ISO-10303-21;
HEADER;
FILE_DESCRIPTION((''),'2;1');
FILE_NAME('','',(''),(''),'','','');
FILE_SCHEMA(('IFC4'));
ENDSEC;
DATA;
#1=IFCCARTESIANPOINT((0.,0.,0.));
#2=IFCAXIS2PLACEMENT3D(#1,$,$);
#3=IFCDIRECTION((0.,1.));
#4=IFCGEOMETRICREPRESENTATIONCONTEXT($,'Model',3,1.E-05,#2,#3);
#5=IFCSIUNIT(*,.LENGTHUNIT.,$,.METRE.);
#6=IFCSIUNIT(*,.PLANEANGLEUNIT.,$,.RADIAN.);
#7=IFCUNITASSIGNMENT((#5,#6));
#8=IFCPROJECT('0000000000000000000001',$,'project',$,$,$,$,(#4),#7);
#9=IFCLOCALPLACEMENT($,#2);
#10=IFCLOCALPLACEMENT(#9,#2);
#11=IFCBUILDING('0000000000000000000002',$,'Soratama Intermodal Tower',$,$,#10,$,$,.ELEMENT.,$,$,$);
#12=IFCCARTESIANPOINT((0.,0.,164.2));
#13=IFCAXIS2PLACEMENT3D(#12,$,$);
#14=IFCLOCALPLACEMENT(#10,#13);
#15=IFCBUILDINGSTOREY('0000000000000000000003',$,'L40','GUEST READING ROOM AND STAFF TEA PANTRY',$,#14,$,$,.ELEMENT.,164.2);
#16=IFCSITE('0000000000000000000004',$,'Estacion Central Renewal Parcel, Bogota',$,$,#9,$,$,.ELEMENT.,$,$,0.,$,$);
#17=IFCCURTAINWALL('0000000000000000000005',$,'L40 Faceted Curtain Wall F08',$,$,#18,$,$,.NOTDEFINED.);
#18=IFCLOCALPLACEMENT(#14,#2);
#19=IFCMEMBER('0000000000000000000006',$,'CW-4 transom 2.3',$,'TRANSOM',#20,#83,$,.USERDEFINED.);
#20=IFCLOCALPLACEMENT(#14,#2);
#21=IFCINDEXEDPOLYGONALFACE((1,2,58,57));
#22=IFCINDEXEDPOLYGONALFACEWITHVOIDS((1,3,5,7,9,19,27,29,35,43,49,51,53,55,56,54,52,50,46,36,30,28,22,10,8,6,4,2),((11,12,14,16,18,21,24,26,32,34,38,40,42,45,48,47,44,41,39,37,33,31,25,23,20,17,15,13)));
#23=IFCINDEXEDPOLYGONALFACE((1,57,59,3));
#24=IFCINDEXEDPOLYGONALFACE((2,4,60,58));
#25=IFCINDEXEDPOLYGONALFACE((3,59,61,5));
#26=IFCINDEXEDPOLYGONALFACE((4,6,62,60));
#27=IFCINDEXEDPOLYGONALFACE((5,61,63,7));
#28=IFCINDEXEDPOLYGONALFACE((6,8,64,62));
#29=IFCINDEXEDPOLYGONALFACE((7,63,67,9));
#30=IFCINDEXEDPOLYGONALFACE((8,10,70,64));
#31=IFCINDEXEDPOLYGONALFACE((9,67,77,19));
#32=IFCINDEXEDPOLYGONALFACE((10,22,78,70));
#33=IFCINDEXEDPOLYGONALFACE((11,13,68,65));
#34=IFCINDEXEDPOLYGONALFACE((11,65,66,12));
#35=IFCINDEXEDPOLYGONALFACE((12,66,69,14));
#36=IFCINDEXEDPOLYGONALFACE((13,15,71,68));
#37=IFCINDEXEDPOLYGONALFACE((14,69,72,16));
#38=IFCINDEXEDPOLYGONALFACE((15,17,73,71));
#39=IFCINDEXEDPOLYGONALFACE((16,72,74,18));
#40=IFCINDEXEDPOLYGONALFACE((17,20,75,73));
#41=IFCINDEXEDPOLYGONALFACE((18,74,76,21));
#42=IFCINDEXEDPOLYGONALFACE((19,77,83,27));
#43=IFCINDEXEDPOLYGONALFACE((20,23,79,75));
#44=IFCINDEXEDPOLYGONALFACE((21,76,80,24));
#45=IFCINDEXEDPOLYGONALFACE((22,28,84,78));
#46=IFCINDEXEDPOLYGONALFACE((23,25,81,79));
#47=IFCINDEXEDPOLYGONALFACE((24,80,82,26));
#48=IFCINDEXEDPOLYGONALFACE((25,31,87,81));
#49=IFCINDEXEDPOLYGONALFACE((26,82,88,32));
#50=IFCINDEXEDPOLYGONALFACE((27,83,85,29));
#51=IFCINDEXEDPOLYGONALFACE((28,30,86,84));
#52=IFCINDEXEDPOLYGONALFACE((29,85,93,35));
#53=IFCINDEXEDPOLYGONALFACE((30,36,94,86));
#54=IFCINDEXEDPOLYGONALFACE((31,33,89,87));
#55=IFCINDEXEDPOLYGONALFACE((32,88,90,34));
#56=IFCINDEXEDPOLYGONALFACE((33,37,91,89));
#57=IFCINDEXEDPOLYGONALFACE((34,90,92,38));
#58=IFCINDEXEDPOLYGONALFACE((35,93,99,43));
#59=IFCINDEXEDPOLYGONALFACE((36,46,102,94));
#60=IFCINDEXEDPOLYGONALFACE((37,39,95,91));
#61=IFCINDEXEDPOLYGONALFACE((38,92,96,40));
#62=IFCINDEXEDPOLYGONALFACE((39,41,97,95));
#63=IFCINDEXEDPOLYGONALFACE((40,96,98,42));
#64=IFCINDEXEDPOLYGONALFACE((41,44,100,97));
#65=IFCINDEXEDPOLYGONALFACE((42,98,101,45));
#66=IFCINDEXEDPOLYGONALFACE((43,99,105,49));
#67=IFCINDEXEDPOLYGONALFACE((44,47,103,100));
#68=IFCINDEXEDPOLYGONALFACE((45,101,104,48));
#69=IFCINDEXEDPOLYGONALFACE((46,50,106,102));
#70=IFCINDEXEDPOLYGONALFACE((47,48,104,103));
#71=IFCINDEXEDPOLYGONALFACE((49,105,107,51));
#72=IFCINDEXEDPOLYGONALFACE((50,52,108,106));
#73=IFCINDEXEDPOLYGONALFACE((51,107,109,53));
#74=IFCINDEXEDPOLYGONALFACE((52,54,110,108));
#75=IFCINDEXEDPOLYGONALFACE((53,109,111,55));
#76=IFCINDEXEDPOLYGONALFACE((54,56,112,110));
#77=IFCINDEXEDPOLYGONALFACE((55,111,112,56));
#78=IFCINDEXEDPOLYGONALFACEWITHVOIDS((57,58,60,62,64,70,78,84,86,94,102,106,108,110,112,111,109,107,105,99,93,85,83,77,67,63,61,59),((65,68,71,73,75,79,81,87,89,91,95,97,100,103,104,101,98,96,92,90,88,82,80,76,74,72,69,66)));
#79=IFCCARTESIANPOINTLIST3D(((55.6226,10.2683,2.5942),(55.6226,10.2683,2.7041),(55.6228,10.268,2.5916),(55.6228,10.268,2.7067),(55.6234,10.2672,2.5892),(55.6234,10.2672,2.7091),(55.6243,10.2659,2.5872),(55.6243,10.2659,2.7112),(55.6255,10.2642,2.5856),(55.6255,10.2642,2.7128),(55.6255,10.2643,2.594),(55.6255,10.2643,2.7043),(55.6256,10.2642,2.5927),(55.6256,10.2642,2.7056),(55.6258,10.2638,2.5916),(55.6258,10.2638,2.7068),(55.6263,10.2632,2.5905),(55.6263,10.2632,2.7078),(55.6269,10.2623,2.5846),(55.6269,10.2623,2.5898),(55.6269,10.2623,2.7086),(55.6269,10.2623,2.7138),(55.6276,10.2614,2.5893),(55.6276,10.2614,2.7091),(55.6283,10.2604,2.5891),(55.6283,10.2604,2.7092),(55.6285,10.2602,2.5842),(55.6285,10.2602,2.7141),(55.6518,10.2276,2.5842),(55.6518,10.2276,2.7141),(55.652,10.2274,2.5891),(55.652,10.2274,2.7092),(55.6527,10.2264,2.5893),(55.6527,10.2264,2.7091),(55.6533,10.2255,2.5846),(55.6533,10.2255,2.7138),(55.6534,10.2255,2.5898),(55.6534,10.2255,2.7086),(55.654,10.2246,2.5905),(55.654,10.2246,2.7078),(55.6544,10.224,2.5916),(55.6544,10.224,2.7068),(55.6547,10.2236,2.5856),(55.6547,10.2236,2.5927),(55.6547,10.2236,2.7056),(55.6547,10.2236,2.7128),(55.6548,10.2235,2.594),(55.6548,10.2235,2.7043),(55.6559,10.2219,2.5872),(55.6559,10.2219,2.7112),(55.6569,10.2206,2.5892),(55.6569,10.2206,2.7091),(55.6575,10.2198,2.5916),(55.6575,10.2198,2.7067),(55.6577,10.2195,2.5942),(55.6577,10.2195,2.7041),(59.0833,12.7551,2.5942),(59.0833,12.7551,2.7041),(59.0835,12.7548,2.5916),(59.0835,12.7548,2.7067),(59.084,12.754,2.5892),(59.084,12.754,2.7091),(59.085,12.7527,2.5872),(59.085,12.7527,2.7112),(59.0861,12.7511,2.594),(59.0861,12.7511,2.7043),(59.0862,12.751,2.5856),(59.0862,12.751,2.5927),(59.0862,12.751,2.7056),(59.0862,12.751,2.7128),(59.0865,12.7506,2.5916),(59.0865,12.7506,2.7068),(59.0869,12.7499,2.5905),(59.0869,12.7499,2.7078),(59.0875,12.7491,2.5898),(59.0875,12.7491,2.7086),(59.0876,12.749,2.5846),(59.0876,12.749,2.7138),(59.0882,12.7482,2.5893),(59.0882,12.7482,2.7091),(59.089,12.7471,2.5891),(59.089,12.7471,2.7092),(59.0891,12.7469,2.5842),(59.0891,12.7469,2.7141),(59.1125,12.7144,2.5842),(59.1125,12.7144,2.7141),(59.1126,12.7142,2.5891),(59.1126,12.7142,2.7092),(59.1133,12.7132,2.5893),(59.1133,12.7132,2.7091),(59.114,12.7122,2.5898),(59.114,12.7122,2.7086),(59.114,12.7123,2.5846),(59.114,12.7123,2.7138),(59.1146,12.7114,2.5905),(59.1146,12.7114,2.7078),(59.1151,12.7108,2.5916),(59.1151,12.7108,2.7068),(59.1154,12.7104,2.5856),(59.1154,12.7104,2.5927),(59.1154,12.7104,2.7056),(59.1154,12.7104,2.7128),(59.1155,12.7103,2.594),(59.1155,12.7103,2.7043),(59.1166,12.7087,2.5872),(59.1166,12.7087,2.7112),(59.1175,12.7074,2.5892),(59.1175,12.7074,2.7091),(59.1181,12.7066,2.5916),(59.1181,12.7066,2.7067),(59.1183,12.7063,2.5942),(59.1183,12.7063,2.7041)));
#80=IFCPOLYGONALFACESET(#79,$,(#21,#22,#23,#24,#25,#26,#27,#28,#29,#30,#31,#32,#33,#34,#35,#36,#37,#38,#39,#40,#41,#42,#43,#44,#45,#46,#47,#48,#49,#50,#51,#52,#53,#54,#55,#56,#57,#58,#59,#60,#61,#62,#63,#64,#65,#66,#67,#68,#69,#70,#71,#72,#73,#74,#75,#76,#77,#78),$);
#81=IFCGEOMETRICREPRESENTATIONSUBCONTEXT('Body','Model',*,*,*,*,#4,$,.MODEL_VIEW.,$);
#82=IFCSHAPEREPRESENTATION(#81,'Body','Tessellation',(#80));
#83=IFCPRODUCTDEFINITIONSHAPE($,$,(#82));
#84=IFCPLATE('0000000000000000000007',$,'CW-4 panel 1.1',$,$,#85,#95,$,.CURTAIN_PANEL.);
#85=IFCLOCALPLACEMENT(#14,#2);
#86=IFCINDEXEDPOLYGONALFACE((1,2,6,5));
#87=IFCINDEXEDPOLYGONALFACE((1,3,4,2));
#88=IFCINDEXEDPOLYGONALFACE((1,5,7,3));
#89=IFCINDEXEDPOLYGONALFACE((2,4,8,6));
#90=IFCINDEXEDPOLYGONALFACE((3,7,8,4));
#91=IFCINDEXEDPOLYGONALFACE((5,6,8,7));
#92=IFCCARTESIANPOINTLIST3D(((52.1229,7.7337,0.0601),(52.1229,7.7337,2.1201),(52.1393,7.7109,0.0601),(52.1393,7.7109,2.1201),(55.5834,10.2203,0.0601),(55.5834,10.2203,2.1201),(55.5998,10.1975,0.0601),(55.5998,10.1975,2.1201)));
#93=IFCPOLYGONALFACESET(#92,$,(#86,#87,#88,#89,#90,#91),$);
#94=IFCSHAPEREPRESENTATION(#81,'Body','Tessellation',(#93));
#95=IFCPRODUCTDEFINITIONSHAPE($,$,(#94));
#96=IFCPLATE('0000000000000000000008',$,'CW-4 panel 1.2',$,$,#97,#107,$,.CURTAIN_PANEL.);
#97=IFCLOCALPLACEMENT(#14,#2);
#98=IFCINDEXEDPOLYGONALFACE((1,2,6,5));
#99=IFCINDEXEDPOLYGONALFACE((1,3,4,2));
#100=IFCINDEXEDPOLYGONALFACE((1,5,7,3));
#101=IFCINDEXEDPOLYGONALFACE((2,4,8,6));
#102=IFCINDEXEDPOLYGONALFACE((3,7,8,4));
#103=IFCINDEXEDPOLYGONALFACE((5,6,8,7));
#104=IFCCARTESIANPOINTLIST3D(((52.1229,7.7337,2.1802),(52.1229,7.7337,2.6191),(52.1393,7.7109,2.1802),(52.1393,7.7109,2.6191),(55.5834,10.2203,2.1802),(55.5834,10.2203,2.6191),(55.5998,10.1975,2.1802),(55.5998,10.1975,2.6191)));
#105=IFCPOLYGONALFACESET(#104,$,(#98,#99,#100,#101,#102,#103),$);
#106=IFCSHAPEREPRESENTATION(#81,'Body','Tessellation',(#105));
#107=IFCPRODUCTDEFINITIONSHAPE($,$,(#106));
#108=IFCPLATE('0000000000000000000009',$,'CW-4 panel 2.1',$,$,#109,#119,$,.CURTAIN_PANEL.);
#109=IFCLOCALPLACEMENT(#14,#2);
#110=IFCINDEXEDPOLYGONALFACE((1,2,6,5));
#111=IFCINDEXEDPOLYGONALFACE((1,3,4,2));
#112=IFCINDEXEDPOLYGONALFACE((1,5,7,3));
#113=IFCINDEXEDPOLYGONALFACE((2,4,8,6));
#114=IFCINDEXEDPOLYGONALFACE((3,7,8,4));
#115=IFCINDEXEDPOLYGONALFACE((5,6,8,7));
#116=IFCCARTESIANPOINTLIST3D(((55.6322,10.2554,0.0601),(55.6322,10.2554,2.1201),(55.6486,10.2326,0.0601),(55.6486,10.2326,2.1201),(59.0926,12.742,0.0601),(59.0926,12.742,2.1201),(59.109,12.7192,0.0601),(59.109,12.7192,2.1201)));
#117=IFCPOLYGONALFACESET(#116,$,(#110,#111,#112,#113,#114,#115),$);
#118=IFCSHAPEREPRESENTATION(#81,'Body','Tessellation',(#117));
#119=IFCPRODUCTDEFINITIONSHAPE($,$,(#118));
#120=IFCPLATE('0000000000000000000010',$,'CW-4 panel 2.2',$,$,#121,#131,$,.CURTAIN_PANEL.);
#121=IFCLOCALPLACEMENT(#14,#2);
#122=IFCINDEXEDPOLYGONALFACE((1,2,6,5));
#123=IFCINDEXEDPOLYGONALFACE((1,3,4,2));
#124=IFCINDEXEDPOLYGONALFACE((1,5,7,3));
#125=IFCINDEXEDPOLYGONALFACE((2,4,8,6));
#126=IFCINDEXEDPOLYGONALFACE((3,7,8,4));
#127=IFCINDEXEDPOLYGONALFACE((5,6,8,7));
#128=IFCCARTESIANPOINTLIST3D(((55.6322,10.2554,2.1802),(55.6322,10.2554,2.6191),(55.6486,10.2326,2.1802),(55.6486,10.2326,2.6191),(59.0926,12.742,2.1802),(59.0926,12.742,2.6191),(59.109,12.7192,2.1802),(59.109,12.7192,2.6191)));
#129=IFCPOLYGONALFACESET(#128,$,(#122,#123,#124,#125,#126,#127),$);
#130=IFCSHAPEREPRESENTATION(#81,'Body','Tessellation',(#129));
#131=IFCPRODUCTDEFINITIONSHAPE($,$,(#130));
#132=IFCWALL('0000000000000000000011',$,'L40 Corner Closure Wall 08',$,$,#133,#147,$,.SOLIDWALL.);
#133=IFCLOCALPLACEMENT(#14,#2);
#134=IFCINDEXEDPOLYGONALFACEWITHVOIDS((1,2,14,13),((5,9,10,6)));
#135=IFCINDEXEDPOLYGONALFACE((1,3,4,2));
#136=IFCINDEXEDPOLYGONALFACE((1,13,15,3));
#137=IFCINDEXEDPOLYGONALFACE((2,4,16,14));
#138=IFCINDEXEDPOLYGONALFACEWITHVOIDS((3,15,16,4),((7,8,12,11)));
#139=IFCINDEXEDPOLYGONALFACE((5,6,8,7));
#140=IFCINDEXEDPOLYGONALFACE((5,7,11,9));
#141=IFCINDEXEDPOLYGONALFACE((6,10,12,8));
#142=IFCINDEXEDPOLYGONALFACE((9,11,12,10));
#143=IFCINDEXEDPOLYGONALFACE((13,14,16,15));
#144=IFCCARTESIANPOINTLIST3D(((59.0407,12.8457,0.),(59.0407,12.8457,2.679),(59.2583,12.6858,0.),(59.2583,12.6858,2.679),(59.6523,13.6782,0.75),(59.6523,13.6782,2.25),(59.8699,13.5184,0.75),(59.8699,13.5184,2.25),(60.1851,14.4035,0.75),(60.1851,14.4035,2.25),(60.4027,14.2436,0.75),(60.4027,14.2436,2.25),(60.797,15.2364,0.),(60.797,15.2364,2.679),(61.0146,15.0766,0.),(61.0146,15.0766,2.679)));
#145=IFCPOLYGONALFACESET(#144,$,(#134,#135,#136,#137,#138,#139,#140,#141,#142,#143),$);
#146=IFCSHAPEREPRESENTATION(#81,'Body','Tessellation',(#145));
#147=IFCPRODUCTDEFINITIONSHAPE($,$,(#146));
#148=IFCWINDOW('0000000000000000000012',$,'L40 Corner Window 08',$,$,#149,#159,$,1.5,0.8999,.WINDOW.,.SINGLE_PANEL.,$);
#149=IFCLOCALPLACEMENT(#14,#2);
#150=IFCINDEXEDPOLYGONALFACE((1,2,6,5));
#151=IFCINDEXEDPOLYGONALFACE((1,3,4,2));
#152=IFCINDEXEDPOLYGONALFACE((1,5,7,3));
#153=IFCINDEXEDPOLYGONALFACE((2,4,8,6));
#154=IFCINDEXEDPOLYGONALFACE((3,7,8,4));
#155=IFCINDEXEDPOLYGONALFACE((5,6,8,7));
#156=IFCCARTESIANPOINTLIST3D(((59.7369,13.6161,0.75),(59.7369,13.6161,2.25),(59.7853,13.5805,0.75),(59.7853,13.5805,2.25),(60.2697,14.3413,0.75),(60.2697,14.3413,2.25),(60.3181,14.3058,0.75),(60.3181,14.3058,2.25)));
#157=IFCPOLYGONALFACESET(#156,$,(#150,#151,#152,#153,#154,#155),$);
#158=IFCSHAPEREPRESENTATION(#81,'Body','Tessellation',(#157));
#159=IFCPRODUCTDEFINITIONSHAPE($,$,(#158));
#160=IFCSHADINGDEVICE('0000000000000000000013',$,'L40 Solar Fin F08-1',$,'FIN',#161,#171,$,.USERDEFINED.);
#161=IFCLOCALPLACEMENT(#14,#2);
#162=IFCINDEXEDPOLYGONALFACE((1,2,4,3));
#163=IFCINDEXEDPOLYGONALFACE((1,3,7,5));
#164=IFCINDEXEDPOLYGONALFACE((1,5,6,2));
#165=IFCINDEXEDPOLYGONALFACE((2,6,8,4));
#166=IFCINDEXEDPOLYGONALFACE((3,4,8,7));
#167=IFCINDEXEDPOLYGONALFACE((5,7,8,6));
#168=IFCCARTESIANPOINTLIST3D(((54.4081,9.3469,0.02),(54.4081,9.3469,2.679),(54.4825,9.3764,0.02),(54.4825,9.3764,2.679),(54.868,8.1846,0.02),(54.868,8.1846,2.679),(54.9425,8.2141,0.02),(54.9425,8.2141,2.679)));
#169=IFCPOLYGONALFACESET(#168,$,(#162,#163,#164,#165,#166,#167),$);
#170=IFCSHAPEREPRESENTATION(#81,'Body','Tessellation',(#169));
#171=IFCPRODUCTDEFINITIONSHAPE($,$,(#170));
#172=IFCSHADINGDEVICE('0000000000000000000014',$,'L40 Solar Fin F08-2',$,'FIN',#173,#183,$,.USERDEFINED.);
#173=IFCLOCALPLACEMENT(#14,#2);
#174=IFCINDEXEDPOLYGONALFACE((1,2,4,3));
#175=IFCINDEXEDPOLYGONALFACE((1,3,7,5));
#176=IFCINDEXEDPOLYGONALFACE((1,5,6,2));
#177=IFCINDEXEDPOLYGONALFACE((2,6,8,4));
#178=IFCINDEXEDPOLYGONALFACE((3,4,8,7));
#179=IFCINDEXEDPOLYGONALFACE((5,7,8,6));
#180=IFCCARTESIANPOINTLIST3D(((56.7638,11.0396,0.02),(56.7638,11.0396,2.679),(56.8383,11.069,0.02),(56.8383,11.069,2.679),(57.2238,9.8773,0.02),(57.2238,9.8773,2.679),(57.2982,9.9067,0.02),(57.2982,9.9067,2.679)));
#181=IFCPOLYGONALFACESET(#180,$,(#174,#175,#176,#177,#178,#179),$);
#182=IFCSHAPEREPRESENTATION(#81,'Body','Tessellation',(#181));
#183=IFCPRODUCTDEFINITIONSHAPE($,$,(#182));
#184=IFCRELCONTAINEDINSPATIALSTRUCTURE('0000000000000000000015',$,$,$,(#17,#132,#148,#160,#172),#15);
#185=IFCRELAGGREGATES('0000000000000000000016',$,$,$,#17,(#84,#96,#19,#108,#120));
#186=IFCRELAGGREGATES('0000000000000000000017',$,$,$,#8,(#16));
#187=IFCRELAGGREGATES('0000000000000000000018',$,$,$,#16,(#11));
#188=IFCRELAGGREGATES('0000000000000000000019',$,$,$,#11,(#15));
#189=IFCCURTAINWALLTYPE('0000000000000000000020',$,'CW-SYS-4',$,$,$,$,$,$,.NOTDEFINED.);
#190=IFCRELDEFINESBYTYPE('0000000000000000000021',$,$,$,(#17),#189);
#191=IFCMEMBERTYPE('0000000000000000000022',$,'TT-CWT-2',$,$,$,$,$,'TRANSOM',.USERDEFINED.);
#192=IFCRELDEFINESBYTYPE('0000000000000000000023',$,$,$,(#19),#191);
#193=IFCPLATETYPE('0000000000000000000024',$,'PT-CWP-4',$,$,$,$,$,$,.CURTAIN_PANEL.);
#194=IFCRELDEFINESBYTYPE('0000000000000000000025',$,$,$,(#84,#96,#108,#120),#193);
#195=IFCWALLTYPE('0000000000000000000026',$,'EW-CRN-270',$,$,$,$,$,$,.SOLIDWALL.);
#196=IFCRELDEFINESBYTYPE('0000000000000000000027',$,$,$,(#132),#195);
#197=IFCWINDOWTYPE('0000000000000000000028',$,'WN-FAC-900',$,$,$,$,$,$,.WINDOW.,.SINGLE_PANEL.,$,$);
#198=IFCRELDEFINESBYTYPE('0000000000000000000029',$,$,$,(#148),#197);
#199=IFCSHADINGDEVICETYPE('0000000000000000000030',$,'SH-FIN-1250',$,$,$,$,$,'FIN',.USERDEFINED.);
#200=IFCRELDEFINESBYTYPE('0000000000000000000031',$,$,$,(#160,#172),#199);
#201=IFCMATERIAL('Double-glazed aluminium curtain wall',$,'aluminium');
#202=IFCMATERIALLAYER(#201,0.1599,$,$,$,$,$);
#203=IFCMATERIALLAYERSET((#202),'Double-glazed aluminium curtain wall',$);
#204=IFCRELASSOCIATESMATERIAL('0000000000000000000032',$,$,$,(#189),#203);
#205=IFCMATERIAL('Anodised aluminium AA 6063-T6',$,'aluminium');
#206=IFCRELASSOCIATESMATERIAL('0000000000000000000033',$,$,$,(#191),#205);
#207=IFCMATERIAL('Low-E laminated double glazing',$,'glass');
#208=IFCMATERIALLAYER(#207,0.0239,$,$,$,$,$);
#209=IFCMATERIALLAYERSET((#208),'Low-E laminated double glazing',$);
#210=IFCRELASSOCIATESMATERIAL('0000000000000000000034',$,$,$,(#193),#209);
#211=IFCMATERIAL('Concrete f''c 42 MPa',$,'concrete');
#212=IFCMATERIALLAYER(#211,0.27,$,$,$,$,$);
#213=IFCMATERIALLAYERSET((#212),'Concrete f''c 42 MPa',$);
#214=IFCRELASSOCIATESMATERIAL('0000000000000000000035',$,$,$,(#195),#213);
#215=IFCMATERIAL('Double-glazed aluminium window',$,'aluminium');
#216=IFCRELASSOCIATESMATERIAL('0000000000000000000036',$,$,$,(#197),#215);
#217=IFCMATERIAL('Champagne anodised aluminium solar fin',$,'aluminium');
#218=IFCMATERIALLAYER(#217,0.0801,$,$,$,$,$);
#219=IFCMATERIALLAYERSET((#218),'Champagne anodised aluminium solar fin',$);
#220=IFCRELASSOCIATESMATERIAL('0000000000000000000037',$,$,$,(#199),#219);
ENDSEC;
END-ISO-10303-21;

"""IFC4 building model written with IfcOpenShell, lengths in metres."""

from ifc_helpers import new_model, si_unit, direction, frame, frame_2d, origin, origin_2d, place, context, subcontext, project, spatial, rectangle, hollow_rectangle, extrude, material, layer, layer_set, material_profile, profile_set, type_object, element, fill, aggregate, save


model = new_model("IFC4")

# Units and contexts
model_context = context("Model", 3, precision=1e-05, world=origin(), true_north=direction((0.0, 1.0)))
body_context = subcontext(model_context, "Body", "Model", "MODEL_VIEW")
ifc_project = project(units=[si_unit("LENGTHUNIT", "METRE"), si_unit("PLANEANGLEUNIT", "RADIAN")], contexts=[model_context])

# Site, building, storey
site_placement = place(None, origin())
site = spatial("IfcSite", under=ifc_project, at=site_placement, Name="Estacion Central Renewal Parcel, Bogota", CompositionType="ELEMENT", RefElevation=0.0)
building_placement = place(site_placement, origin())
building = spatial("IfcBuilding", under=site, at=building_placement, Name="Soratama Intermodal Tower", CompositionType="ELEMENT")
storey_placement = place(building_placement, frame((0.0, 0.0, 164.2)))
storey = spatial("IfcBuildingStorey", under=building, at=storey_placement, Name="L40", Description="GUEST READING ROOM AND STAFF TEA PANTRY", CompositionType="ELEMENT", Elevation=164.2)

# Curtain wall
ifc_material_1 = material(Name="Double-glazed aluminium curtain wall", Category="aluminium")
ifc_layer_1 = layer(ifc_material_1, 0.1599)
ifc_layer_set_1 = layer_set([ifc_layer_1], Name="Double-glazed aluminium curtain wall")
curtain_wall_type = type_object("IfcCurtainWallType", Name="CW-SYS-4", PredefinedType="NOTDEFINED", material=ifc_layer_set_1)
curtain_wall_1_placement = place(storey_placement, origin())
curtain_wall_1 = element("IfcCurtainWall", 1, at=curtain_wall_1_placement, inside=storey, type_object=curtain_wall_type, Name="L40 Faceted Curtain Wall F08", PredefinedType="NOTDEFINED")

# Member
ifc_material_2 = material(Name="Anodised aluminium AA 6063-T6", Category="aluminium")
ifc_material_profile_1 = material_profile(ifc_material_2, hollow_rectangle(XDim=0.0601, YDim=0.1299, WallThickness=0.0049, InnerFilletRadius=0.0049, OuterFilletRadius=0.01, at=origin_2d()), Name="CWT130X60X5")
ifc_profile_set_1 = profile_set([ifc_material_profile_1], Name="Anodised aluminium AA 6063-T6")
member_type_1 = type_object("IfcMemberType", Name="TT-CWT-2", ElementType="TRANSOM", PredefinedType="USERDEFINED", material=ifc_profile_set_1)
member_1_placement = place(storey_placement, frame((55.6401, 10.2439, 2.6492), z_axis=(0.812077, 0.58355, 0.0), x_axis=(-0.58355, 0.812077, 0.0)))
member_1 = element("IfcMember", 2, at=member_1_placement, type_object=member_type_1, Name="CW-4 transom 2.3", ObjectType="TRANSOM", PredefinedType="USERDEFINED", context=body_context, shape_type="SweptSolid", body=[
    extrude(hollow_rectangle(XDim=0.0601, YDim=0.1299, WallThickness=0.0049, InnerFilletRadius=0.0049, OuterFilletRadius=0.01, at=origin_2d()), origin(), (0.0, 0.0, 1.0), 4.2615),
])

# Plates
ifc_material_3 = material(Name="Low-E laminated double glazing", Category="glass")
ifc_layer_2 = layer(ifc_material_3, 0.0239)
ifc_layer_set_2 = layer_set([ifc_layer_2], Name="Low-E laminated double glazing")
plate_type = type_object("IfcPlateType", Name="PT-CWP-4", PredefinedType="CURTAIN_PANEL", material=ifc_layer_set_2)
plate_1_placement = place(storey_placement, frame((53.8613, 8.9656, 0.0601), z_axis=(0.0, 0.0, 1.0), x_axis=(0.812082, 0.583543, 0.0)))
plate_1 = element("IfcPlate", 3, at=plate_1_placement, type_object=plate_type, Name="CW-4 panel 1.1", PredefinedType="CURTAIN_PANEL", context=body_context, shape_type="SweptSolid", body=[
    extrude(rectangle(XDim=4.2612, YDim=0.0281, at=origin_2d()), origin(), (0.0, 0.0, 1.0), 2.0601),
])
plate_2_placement = place(storey_placement, frame((53.8613, 8.9656, 2.1802), z_axis=(0.0, 0.0, 1.0), x_axis=(0.812082, 0.583543, 0.0)))
plate_2 = element("IfcPlate", 4, at=plate_2_placement, type_object=plate_type, Name="CW-4 panel 1.2", PredefinedType="CURTAIN_PANEL", context=body_context, shape_type="SweptSolid", body=[
    extrude(rectangle(XDim=4.2612, YDim=0.0281, at=origin_2d()), origin(), (0.0, 0.0, 1.0), 0.439),
])
plate_3_placement = place(storey_placement, frame((57.3706, 11.4873, 0.0601), z_axis=(0.0, 0.0, 1.0), x_axis=(0.812082, 0.583543, 0.0)))
plate_3 = element("IfcPlate", 5, at=plate_3_placement, type_object=plate_type, Name="CW-4 panel 2.1", PredefinedType="CURTAIN_PANEL", context=body_context, shape_type="SweptSolid", body=[
    extrude(rectangle(XDim=4.2612, YDim=0.0281, at=origin_2d()), origin(), (0.0, 0.0, 1.0), 2.0601),
])
plate_4_placement = place(storey_placement, frame((57.3706, 11.4873, 2.1802), z_axis=(0.0, 0.0, 1.0), x_axis=(0.812082, 0.583543, 0.0)))
plate_4 = element("IfcPlate", 6, at=plate_4_placement, type_object=plate_type, Name="CW-4 panel 2.2", PredefinedType="CURTAIN_PANEL", context=body_context, shape_type="SweptSolid", body=[
    extrude(rectangle(XDim=4.2612, YDim=0.0281, at=origin_2d()), origin(), (0.0, 0.0, 1.0), 0.439),
])
aggregate(curtain_wall_1, [plate_1, plate_2, member_1, plate_3, plate_4])

# Wall, opening, window
ifc_material_4 = material(Name="Concrete f'c 42 MPa", Category="concrete")
ifc_layer_3 = layer(ifc_material_4, 0.27)
ifc_layer_set_3 = layer_set([ifc_layer_3], Name="Concrete f'c 42 MPa")
wall_type = type_object("IfcWallType", Name="EW-CRN-270", PredefinedType="SOLIDWALL", material=ifc_layer_set_3)
wall_placement = place(storey_placement, frame((59.1494, 12.7656, 0.0), z_axis=(0.0, 0.0, 1.0), x_axis=(0.592031, 0.805915, 0.0)))
wall = element("IfcWall", 7, at=wall_placement, inside=storey, type_object=wall_type, Name="L40 Corner Closure Wall 08", PredefinedType="SOLIDWALL", context=body_context, shape_type="SweptSolid", body=[
    extrude(rectangle(XDim=2.9666, YDim=0.27, at=frame_2d((1.4834, 0.0))), origin(), (0.0, 0.0, 1.0), 2.679),
])
opening_placement = place(wall_placement, frame((1.0332, 0.0, 0.75)))
opening = element("IfcOpeningElement", 8, at=opening_placement, cuts=wall, PredefinedType="OPENING", context=body_context, shape_type="SweptSolid", body=[
    extrude(rectangle(XDim=0.8999, YDim=1.5, at=frame_2d((0.45, 0.75))), frame((0.0, 0.145, 0.0), z_axis=(0.0, -1.0, 0.0), x_axis=(1.0, 0.0, 0.0)), (0.0, 0.0, 1.0), 0.29),
])
ifc_material_5 = material(Name="Double-glazed aluminium window", Category="aluminium")
window_type = type_object("IfcWindowType", Name="WN-FAC-900", PartitioningType="SINGLE_PANEL", PredefinedType="WINDOW", material=ifc_material_5)
window_placement = place(opening_placement, origin())
window = element("IfcWindow", 9, at=window_placement, inside=storey, type_object=window_type, Name="L40 Corner Window 08", OverallHeight=1.5, OverallWidth=0.8999, PartitioningType="SINGLE_PANEL", PredefinedType="WINDOW", context=body_context, shape_type="SweptSolid", body=[
    extrude(rectangle(XDim=0.8999, YDim=1.5, at=frame_2d((0.45, 0.75))), frame((0.0, 0.03, 0.0), z_axis=(0.0, -1.0, 0.0), x_axis=(1.0, 0.0, 0.0)), (0.0, 0.0, 1.0), 0.0601),
])
fill(opening, window)

# Shading devices
ifc_material_6 = material(Name="Champagne anodised aluminium solar fin", Category="aluminium")
ifc_layer_4 = layer(ifc_material_6, 0.0801)
ifc_layer_set_4 = layer_set([ifc_layer_4], Name="Champagne anodised aluminium solar fin")
shading_device_type = type_object("IfcShadingDeviceType", Name="SH-FIN-1250", ElementType="FIN", PredefinedType="USERDEFINED", material=ifc_layer_set_4)
for number, where, z_axis, x_axis, name in (
    (10, (54.6753, 8.7805, 0.02), (0.0, 0.0, 1.0), (0.367962, -0.929841, 0.0), "L40 Solar Fin F08-1"),
    (11, (57.031, 10.4731, 0.02), (0.0, 0.0, 1.0), (0.367962, -0.929841, 0.0), "L40 Solar Fin F08-2"),
):
    element("IfcShadingDevice", number, at=place(storey_placement, frame(where, z_axis=z_axis, x_axis=x_axis)), inside=storey, type_object=shading_device_type, Name=name, ObjectType="FIN", PredefinedType="USERDEFINED", context=body_context, shape_type="SweptSolid", body=[
        extrude(rectangle(XDim=1.25, YDim=0.0801, at=origin_2d()), origin(), (0.0, 0.0, 1.0), 2.6589),
    ])

save(model, "model.ifc")
